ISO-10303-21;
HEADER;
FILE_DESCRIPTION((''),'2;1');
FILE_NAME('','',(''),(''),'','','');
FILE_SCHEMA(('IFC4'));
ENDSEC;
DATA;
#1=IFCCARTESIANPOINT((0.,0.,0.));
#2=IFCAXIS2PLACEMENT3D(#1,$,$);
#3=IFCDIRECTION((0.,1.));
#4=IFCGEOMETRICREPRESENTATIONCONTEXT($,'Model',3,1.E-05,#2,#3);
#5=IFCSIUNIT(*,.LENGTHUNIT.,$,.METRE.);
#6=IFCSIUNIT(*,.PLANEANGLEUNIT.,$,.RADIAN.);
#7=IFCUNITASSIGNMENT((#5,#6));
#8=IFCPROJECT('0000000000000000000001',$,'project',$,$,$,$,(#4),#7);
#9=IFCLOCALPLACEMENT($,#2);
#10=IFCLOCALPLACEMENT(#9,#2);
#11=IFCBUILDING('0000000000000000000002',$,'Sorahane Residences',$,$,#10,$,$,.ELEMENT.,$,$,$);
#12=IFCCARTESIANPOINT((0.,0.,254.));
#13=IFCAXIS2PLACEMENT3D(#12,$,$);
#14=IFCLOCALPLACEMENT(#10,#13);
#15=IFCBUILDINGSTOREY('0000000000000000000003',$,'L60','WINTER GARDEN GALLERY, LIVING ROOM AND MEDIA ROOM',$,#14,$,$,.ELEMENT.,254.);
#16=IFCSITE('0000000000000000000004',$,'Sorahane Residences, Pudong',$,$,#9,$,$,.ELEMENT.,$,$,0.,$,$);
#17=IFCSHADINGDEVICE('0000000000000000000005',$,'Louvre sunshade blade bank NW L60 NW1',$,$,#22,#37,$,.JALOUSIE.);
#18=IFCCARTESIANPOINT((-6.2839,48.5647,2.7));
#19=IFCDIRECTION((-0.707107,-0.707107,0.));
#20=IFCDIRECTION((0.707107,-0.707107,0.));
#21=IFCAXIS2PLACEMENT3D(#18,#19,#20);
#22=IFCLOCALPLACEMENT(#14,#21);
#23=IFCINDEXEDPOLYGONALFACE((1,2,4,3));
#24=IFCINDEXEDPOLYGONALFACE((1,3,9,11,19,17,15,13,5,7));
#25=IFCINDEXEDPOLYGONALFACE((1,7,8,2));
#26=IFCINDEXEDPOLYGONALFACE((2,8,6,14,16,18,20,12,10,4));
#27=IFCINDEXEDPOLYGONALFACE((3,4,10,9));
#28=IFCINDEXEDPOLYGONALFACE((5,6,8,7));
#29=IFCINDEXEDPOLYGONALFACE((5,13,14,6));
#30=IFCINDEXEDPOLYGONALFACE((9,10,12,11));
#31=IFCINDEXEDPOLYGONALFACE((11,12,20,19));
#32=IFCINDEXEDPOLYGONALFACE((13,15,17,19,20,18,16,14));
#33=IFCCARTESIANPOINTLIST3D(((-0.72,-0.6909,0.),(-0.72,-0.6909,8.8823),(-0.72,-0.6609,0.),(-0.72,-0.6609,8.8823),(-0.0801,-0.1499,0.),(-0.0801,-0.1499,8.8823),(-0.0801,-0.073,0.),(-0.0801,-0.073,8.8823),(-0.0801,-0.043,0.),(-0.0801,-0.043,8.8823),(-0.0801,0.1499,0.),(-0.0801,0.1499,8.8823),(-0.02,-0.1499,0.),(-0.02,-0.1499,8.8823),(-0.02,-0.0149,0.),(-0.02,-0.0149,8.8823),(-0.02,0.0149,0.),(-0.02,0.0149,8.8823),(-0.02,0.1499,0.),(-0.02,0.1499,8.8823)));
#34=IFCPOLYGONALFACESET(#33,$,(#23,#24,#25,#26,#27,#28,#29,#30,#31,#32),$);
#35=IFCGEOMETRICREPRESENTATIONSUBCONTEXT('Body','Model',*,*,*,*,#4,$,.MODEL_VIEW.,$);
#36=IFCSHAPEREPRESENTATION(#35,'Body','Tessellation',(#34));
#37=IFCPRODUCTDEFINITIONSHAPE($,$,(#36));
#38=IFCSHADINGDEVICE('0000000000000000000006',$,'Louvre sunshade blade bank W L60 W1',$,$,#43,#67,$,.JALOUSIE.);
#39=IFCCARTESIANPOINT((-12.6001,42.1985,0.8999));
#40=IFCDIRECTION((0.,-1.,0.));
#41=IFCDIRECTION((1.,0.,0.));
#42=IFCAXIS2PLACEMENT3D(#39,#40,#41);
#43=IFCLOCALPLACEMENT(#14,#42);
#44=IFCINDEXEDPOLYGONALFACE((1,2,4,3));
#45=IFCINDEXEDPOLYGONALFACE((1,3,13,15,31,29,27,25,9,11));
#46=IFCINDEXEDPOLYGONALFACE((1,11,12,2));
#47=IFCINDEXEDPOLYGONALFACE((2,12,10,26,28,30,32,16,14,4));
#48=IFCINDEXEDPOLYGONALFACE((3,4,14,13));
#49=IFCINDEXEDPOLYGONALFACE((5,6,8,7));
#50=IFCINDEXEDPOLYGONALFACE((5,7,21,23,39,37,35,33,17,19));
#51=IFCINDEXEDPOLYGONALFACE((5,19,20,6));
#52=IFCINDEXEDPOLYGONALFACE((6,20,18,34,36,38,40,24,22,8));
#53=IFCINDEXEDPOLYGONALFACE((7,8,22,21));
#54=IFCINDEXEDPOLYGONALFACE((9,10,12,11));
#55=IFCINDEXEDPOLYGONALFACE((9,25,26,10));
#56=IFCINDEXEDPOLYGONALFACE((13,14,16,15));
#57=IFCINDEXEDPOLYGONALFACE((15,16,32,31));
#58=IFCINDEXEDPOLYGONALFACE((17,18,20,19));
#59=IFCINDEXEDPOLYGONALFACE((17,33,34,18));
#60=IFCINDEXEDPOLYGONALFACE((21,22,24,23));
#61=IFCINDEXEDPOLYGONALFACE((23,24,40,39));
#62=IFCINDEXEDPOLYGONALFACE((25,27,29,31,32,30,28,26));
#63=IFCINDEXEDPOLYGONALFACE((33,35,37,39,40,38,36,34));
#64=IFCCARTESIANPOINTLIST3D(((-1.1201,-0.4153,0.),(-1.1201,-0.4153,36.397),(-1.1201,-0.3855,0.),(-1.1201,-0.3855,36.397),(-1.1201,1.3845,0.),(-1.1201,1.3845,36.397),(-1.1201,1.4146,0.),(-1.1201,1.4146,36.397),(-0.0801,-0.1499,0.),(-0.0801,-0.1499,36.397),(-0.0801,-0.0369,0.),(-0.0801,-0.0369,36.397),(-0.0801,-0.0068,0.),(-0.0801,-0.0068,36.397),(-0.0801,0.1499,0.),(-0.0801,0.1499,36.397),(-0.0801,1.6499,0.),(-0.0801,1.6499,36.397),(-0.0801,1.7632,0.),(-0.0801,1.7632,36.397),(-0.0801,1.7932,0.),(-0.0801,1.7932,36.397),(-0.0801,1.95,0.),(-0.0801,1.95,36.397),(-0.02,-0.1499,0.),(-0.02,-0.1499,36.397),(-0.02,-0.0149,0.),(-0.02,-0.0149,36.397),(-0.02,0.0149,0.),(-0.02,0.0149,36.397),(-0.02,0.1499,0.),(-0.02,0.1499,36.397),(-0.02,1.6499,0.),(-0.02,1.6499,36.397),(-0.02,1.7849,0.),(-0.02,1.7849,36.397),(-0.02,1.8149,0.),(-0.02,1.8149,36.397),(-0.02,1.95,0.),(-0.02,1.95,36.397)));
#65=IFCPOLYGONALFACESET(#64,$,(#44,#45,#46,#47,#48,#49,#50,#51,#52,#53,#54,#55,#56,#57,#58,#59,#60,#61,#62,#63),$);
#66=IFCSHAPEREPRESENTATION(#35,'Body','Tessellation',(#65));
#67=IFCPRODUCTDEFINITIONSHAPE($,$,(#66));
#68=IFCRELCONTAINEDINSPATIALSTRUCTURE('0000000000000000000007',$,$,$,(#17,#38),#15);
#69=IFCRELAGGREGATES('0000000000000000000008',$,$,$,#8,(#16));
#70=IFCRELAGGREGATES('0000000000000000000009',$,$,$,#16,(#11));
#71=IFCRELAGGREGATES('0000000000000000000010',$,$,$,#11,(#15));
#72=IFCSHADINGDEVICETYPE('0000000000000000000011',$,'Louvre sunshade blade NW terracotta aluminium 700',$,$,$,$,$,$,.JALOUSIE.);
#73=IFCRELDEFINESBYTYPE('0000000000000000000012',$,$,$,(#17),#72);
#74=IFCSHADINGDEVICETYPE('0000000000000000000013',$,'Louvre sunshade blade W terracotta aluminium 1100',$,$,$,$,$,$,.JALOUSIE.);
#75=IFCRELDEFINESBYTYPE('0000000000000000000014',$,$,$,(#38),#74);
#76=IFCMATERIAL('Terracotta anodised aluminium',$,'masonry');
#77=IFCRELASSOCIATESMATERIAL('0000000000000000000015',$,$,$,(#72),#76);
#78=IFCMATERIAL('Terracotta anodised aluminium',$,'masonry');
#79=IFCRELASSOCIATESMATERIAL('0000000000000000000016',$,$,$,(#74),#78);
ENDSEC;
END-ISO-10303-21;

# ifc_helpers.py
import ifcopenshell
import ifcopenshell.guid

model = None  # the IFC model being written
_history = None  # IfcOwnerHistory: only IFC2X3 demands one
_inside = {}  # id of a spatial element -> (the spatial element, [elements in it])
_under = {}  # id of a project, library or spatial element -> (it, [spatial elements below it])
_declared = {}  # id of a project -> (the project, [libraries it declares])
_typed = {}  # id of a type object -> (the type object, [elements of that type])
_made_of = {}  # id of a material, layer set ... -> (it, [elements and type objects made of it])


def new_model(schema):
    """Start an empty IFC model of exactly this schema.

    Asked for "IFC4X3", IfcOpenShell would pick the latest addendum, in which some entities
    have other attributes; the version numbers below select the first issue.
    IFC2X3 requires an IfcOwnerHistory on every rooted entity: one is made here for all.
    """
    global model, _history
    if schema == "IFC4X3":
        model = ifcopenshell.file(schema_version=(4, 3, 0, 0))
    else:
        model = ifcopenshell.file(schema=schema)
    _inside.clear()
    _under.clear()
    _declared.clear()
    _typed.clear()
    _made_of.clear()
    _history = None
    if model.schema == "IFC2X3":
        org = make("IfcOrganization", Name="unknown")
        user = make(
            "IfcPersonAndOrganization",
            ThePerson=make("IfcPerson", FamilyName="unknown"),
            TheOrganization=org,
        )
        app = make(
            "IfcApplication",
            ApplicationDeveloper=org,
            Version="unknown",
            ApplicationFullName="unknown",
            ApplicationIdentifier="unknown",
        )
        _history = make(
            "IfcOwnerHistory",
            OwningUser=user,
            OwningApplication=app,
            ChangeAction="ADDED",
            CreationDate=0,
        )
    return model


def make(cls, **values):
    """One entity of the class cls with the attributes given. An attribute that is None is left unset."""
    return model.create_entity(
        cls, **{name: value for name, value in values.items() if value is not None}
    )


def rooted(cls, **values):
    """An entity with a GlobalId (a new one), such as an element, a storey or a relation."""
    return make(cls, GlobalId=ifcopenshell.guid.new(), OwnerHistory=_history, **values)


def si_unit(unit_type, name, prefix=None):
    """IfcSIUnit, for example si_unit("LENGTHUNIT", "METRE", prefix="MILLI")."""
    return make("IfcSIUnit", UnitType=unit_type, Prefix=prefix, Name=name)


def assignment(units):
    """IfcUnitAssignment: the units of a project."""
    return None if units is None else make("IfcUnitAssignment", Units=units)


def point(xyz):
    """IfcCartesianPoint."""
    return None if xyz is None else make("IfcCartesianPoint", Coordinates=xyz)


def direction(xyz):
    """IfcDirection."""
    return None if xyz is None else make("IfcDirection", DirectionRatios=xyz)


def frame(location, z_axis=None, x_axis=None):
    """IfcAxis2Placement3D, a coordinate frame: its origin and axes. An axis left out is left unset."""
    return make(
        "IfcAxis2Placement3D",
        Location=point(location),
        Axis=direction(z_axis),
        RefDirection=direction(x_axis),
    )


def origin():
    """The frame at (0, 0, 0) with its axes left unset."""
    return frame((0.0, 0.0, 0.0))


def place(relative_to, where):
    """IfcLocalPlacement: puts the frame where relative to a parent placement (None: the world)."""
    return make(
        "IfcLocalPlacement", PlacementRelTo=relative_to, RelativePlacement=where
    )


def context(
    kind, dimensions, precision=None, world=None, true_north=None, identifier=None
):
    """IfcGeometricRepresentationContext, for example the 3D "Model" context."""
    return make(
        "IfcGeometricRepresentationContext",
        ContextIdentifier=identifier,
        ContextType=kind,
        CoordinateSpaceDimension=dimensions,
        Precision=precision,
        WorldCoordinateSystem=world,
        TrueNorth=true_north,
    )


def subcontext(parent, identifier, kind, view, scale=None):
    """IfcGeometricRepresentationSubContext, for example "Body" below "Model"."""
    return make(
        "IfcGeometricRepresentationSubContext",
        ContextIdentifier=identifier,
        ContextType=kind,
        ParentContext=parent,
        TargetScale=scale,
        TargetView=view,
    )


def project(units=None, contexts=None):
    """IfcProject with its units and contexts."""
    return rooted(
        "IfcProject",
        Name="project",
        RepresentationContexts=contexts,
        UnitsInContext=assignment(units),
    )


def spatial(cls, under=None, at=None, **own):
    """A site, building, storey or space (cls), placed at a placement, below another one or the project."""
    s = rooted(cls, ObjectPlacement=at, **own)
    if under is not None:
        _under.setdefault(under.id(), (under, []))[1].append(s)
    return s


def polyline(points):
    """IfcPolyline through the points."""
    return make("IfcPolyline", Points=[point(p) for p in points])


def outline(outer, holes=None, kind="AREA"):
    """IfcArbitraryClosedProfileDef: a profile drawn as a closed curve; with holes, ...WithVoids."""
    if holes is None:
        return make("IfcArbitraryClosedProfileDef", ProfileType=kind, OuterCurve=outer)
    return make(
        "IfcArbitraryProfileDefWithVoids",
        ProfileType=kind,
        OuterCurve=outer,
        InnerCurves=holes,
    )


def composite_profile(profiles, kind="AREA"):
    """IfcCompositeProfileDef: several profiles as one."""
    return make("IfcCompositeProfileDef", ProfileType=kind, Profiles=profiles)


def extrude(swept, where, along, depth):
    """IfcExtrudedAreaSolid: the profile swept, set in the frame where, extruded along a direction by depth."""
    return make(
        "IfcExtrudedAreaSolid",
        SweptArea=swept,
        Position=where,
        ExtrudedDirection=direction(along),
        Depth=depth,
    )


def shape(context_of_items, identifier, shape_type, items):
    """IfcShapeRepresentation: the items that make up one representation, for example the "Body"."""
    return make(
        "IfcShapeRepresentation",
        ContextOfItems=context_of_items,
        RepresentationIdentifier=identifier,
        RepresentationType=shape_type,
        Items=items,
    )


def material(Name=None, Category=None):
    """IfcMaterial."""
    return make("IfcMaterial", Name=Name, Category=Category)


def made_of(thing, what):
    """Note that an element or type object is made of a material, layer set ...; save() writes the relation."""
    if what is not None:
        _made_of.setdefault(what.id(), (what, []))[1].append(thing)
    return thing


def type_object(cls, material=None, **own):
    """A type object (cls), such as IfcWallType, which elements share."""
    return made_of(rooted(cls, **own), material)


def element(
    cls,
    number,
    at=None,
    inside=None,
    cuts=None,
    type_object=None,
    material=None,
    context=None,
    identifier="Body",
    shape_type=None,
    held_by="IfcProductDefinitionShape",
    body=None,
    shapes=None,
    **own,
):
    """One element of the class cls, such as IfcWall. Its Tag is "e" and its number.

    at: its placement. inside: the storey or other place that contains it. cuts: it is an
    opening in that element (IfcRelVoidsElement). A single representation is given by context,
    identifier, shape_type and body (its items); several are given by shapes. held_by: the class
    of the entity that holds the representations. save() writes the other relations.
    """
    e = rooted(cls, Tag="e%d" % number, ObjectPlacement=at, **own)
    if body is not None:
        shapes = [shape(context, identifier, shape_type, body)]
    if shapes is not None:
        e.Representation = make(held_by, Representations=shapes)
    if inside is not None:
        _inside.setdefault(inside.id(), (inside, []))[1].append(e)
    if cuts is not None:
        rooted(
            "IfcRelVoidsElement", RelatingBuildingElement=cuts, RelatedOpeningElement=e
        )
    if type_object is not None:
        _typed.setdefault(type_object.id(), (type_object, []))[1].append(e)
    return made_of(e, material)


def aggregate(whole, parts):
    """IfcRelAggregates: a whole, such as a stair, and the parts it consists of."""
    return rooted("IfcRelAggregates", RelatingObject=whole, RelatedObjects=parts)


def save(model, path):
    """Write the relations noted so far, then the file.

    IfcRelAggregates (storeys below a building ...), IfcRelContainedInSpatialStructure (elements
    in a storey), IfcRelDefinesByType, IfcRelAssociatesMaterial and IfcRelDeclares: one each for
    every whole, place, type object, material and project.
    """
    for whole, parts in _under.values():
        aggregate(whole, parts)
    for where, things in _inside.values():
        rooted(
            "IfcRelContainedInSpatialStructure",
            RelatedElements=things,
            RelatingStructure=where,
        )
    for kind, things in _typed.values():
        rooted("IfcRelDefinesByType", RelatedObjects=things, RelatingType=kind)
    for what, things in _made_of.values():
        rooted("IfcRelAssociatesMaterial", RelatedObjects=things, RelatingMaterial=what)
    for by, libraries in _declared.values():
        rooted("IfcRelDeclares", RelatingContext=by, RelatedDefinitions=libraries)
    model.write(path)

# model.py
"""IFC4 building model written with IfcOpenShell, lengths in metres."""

from ifc_helpers import new_model, si_unit, direction, frame, origin, place, context, subcontext, project, spatial, polyline, outline, composite_profile, extrude, material, type_object, element, save


model = new_model("IFC4")

# Units and contexts
model_context = context("Model", 3, precision=1e-05, world=origin(), true_north=direction((0.0, 1.0)))
body_context = subcontext(model_context, "Body", "Model", "MODEL_VIEW")
ifc_project = project(units=[si_unit("LENGTHUNIT", "METRE"), si_unit("PLANEANGLEUNIT", "RADIAN")], contexts=[model_context])

# Site, building, storey
site_placement = place(None, origin())
site = spatial("IfcSite", under=ifc_project, at=site_placement, Name="Sorahane Residences, Pudong", CompositionType="ELEMENT", RefElevation=0.0)
building_placement = place(site_placement, origin())
building = spatial("IfcBuilding", under=site, at=building_placement, Name="Sorahane Residences", CompositionType="ELEMENT")
storey_placement = place(building_placement, frame((0.0, 0.0, 254.0)))
storey = spatial("IfcBuildingStorey", under=building, at=storey_placement, Name="L60", Description="WINTER GARDEN GALLERY, LIVING ROOM AND MEDIA ROOM", CompositionType="ELEMENT", Elevation=254.0)

# Shading devices
ifc_material_1 = material(Name="Terracotta anodised aluminium", Category="masonry")
shading_device_type_1 = type_object("IfcShadingDeviceType", Name="Louvre sunshade blade NW terracotta aluminium 700", PredefinedType="JALOUSIE", material=ifc_material_1)
shading_device_1_placement = place(storey_placement, frame((-6.2839, 48.5647, 2.7), z_axis=(-0.707107, -0.707107, 0.0), x_axis=(0.707107, -0.707107, 0.0)))
element("IfcShadingDevice", 1, at=shading_device_1_placement, inside=storey, type_object=shading_device_type_1, Name="Louvre sunshade blade bank NW L60 NW1", PredefinedType="JALOUSIE", context=body_context, shape_type="SweptSolid", body=[
    extrude(outline(polyline([(-0.72, -0.6609), (-0.72, -0.6909), (-0.0801, -0.073), (-0.0801, -0.1499), (-0.02, -0.1499), (-0.02, -0.0149), (-0.02, 0.0149), (-0.02, 0.1499), (-0.0801, 0.1499), (-0.0801, -0.043), (-0.72, -0.6609)])), origin(), (0.0, 0.0, 1.0), 8.8823),
])
ifc_material_2 = material(Name="Terracotta anodised aluminium", Category="masonry")
shading_device_type_2 = type_object("IfcShadingDeviceType", Name="Louvre sunshade blade W terracotta aluminium 1100", PredefinedType="JALOUSIE", material=ifc_material_2)
shading_device_2_placement = place(storey_placement, frame((-12.6001, 42.1985, 0.8999), z_axis=(0.0, -1.0, 0.0), x_axis=(1.0, 0.0, 0.0)))
element("IfcShadingDevice", 2, at=shading_device_2_placement, inside=storey, type_object=shading_device_type_2, Name="Louvre sunshade blade bank W L60 W1", PredefinedType="JALOUSIE", context=body_context, shape_type="SweptSolid", body=[
    extrude(composite_profile([outline(polyline([(-1.1201, -0.3855), (-1.1201, -0.4153), (-0.0801, -0.0369), (-0.0801, -0.1499), (-0.02, -0.1499), (-0.02, -0.0149), (-0.02, 0.0149), (-0.02, 0.1499), (-0.0801, 0.1499), (-0.0801, -0.0068), (-1.1201, -0.3855)])), outline(polyline([(-1.1201, 1.4146), (-1.1201, 1.3845), (-0.0801, 1.7632), (-0.0801, 1.6499), (-0.02, 1.6499), (-0.02, 1.7849), (-0.02, 1.8149), (-0.02, 1.95), (-0.0801, 1.95), (-0.0801, 1.7932), (-1.1201, 1.4146)]))]), origin(), (0.0, 0.0, 1.0), 36.397),
])

save(model, "model.ifc")
